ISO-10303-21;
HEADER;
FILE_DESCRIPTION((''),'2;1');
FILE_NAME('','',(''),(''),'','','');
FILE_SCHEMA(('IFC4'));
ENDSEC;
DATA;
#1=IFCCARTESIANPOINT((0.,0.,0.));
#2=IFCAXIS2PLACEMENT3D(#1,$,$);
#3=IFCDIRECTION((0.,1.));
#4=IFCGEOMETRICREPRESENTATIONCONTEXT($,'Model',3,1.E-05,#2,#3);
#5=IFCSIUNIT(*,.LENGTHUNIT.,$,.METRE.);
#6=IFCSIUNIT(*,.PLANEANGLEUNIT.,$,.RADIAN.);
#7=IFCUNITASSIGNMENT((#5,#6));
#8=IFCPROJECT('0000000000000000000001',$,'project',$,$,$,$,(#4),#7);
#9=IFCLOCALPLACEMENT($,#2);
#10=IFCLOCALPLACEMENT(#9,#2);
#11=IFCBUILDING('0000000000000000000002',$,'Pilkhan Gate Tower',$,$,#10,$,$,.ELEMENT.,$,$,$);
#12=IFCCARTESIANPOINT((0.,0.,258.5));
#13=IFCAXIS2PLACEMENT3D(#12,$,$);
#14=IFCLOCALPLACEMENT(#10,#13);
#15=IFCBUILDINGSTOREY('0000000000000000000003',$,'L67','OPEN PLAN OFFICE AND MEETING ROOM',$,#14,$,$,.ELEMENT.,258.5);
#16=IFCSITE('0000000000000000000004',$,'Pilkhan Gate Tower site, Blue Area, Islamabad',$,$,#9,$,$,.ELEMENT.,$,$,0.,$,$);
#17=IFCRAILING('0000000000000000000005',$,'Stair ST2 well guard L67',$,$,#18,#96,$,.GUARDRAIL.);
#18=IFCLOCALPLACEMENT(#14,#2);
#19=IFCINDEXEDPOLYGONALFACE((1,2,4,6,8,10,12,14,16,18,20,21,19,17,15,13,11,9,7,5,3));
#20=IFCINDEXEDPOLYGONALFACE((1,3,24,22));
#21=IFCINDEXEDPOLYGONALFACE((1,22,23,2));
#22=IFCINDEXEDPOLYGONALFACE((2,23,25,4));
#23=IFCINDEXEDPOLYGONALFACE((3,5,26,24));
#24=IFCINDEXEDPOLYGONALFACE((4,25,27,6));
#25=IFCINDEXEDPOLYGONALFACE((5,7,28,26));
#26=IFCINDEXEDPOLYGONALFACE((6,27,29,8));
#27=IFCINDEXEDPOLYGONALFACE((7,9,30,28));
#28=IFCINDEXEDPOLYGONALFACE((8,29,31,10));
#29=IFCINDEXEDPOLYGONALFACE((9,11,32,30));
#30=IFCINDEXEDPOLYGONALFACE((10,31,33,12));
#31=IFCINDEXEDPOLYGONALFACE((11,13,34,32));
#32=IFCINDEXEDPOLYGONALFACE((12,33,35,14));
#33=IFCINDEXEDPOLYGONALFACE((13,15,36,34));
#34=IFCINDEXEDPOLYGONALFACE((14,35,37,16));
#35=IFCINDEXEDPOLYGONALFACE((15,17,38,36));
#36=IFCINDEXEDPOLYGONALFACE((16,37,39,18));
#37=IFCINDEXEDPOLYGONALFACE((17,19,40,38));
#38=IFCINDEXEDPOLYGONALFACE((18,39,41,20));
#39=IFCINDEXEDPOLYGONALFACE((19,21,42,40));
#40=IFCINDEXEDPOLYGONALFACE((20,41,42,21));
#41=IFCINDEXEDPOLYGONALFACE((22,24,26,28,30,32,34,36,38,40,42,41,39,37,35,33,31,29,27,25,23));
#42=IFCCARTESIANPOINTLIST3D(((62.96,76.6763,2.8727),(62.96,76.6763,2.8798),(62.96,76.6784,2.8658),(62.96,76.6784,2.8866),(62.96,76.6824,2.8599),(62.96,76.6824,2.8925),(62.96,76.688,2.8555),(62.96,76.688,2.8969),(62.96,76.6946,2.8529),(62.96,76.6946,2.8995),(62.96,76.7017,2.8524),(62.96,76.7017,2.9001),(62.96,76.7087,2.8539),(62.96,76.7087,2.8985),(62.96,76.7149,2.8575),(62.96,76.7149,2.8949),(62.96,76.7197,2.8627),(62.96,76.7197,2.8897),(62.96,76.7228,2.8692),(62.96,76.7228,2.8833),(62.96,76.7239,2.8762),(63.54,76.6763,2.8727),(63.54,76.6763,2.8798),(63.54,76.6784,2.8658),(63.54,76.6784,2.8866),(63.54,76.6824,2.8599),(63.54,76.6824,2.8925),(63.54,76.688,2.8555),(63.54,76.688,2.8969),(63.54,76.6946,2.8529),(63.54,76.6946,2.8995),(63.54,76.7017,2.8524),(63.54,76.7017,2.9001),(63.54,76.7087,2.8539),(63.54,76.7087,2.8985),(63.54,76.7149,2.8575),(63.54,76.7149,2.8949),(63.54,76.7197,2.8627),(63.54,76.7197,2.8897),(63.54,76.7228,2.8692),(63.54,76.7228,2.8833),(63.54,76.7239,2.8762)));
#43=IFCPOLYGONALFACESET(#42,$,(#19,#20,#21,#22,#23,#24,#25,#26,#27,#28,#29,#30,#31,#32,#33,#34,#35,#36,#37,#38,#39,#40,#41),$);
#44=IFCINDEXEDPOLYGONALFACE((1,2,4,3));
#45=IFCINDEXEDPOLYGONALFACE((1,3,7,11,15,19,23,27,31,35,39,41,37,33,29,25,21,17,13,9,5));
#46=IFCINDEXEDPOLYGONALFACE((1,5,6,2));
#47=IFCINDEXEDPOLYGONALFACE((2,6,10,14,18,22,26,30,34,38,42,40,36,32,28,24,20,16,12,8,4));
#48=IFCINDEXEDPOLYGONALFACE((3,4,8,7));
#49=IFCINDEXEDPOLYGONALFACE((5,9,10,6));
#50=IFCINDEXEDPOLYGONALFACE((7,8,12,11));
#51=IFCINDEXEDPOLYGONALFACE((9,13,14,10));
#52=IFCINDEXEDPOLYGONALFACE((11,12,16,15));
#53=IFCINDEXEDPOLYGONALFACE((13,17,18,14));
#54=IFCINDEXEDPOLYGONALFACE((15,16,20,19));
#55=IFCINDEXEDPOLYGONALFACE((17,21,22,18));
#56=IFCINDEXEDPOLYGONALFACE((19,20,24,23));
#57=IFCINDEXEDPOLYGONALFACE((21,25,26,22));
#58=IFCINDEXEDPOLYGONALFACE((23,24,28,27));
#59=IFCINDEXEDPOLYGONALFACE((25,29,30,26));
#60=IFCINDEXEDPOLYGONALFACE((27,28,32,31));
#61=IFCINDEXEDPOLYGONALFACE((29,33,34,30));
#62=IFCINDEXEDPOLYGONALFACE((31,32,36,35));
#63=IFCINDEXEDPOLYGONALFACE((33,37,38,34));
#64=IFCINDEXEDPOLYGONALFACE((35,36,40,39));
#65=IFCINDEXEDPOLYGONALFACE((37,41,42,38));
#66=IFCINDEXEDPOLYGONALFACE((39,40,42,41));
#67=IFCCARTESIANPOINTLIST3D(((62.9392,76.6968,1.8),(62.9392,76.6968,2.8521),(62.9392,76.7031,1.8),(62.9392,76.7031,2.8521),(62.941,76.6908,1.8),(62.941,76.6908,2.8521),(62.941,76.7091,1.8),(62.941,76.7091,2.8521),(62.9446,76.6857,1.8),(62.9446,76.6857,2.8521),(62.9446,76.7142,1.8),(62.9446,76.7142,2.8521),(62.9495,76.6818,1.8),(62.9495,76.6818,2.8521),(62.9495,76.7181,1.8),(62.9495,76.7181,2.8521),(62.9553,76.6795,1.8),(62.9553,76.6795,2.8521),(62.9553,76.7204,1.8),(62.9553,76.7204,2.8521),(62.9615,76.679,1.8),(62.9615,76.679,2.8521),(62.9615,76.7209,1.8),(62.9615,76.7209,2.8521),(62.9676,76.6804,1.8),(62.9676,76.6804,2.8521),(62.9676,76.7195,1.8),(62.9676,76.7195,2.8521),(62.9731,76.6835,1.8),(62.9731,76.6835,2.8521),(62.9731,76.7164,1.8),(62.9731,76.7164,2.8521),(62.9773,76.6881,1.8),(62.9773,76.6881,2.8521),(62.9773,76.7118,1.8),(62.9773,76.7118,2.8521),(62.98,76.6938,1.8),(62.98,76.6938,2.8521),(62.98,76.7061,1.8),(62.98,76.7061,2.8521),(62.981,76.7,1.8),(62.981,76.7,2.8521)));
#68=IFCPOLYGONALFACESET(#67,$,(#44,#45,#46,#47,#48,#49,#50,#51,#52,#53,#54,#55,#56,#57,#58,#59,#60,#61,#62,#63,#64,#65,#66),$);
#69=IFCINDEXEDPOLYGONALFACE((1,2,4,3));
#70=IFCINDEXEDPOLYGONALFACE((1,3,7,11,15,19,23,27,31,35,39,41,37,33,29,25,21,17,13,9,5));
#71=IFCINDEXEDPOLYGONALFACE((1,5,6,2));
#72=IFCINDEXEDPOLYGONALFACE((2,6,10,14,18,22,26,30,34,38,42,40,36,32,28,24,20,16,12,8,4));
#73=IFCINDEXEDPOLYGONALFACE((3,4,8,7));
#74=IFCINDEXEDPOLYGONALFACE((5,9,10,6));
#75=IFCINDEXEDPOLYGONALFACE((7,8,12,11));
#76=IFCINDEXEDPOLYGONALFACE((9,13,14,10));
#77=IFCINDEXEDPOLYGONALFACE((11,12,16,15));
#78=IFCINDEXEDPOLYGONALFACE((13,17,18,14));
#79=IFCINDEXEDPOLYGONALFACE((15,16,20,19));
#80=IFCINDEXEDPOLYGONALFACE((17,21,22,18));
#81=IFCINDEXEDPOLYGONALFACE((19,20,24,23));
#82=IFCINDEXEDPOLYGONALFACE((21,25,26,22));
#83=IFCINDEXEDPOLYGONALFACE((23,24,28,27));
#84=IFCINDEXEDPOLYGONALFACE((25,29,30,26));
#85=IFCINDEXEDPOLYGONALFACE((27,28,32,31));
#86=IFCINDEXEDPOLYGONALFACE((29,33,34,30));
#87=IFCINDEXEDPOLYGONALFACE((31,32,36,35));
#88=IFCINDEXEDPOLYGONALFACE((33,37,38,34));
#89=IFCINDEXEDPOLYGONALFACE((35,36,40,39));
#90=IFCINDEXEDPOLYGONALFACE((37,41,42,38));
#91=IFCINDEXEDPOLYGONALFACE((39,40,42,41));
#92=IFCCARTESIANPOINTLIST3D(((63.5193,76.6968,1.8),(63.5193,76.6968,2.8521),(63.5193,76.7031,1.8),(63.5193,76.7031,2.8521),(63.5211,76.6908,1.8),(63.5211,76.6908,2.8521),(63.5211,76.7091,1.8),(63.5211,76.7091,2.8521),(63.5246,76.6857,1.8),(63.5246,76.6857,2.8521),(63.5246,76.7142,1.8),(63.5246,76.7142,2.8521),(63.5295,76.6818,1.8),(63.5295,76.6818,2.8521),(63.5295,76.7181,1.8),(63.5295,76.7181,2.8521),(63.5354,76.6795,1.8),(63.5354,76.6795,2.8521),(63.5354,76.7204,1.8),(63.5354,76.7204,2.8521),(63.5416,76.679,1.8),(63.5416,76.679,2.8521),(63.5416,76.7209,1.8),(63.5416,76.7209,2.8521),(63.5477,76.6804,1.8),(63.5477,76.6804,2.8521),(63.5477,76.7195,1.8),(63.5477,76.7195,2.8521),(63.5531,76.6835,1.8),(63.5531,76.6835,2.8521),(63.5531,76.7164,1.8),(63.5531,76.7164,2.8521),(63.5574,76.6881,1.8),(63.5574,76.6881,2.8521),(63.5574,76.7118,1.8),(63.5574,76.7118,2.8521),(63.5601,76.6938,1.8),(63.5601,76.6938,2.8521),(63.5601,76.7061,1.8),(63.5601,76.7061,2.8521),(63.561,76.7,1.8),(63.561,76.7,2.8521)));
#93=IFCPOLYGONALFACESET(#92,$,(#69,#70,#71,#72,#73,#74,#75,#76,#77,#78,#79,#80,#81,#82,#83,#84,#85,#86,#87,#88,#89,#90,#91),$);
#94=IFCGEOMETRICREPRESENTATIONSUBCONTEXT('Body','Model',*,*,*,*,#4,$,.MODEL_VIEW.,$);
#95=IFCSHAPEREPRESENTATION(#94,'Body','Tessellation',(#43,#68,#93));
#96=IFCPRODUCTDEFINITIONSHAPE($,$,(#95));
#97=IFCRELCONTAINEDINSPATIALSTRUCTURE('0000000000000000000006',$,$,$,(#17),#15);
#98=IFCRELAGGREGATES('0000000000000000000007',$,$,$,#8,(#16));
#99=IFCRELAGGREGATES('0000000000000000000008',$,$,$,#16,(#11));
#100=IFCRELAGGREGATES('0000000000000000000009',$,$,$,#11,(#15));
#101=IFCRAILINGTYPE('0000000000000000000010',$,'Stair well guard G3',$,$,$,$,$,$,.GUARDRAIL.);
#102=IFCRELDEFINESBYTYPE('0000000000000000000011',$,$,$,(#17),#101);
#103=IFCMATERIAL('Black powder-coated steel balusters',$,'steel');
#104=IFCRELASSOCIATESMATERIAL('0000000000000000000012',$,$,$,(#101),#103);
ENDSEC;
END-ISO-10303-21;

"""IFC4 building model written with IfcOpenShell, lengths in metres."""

from ifc_helpers import new_model, si_unit, direction, frame, origin, origin_2d, place, context, subcontext, project, spatial, circle, extrude, material, type_object, element, save


model = new_model("IFC4")

# Units and contexts
model_context = context("Model", 3, precision=1e-05, world=origin(), true_north=direction((0.0, 1.0)))
body_context = subcontext(model_context, "Body", "Model", "MODEL_VIEW")
ifc_project = project(units=[si_unit("LENGTHUNIT", "METRE"), si_unit("PLANEANGLEUNIT", "RADIAN")], contexts=[model_context])

# Site, building, storey
site_placement = place(None, origin())
site = spatial("IfcSite", under=ifc_project, at=site_placement, Name="Pilkhan Gate Tower site, Blue Area, Islamabad", CompositionType="ELEMENT", RefElevation=0.0)
building_placement = place(site_placement, origin())
building = spatial("IfcBuilding", under=site, at=building_placement, Name="Pilkhan Gate Tower", CompositionType="ELEMENT")
storey_placement = place(building_placement, frame((0.0, 0.0, 258.5)))
storey = spatial("IfcBuildingStorey", under=building, at=storey_placement, Name="L67", Description="OPEN PLAN OFFICE AND MEETING ROOM", CompositionType="ELEMENT", Elevation=258.5)

# Railing
ifc_material_1 = material(Name="Black powder-coated steel balusters", Category="steel")
railing_type_1 = type_object("IfcRailingType", Name="Stair well guard G3", PredefinedType="GUARDRAIL", material=ifc_material_1)
for number, where, name in (
    (1, (62.96, 76.7, 1.8), "Stair ST2 well guard L67"),
):
    element("IfcRailing", number, at=place(storey_placement, frame(where)), inside=storey, type_object=railing_type_1, Name=name, PredefinedType="GUARDRAIL", context=body_context, shape_type="SweptSolid", body=[
        extrude(circle(Radius=0.0239, at=origin_2d()), frame((0.0, 0.0, 1.0762), z_axis=(1.0, 0.0, 0.0), x_axis=(0.0, 1.0, 0.0)), (0.0, 0.0, 1.0), 0.5801),
        extrude(circle(Radius=0.021, at=origin_2d()), origin(), (0.0, 0.0, 1.0), 1.052),
        extrude(circle(Radius=0.021, at=origin_2d()), frame((0.5801, 0.0, 0.0)), (0.0, 0.0, 1.0), 1.052),
    ])

save(model, "model.ifc")
